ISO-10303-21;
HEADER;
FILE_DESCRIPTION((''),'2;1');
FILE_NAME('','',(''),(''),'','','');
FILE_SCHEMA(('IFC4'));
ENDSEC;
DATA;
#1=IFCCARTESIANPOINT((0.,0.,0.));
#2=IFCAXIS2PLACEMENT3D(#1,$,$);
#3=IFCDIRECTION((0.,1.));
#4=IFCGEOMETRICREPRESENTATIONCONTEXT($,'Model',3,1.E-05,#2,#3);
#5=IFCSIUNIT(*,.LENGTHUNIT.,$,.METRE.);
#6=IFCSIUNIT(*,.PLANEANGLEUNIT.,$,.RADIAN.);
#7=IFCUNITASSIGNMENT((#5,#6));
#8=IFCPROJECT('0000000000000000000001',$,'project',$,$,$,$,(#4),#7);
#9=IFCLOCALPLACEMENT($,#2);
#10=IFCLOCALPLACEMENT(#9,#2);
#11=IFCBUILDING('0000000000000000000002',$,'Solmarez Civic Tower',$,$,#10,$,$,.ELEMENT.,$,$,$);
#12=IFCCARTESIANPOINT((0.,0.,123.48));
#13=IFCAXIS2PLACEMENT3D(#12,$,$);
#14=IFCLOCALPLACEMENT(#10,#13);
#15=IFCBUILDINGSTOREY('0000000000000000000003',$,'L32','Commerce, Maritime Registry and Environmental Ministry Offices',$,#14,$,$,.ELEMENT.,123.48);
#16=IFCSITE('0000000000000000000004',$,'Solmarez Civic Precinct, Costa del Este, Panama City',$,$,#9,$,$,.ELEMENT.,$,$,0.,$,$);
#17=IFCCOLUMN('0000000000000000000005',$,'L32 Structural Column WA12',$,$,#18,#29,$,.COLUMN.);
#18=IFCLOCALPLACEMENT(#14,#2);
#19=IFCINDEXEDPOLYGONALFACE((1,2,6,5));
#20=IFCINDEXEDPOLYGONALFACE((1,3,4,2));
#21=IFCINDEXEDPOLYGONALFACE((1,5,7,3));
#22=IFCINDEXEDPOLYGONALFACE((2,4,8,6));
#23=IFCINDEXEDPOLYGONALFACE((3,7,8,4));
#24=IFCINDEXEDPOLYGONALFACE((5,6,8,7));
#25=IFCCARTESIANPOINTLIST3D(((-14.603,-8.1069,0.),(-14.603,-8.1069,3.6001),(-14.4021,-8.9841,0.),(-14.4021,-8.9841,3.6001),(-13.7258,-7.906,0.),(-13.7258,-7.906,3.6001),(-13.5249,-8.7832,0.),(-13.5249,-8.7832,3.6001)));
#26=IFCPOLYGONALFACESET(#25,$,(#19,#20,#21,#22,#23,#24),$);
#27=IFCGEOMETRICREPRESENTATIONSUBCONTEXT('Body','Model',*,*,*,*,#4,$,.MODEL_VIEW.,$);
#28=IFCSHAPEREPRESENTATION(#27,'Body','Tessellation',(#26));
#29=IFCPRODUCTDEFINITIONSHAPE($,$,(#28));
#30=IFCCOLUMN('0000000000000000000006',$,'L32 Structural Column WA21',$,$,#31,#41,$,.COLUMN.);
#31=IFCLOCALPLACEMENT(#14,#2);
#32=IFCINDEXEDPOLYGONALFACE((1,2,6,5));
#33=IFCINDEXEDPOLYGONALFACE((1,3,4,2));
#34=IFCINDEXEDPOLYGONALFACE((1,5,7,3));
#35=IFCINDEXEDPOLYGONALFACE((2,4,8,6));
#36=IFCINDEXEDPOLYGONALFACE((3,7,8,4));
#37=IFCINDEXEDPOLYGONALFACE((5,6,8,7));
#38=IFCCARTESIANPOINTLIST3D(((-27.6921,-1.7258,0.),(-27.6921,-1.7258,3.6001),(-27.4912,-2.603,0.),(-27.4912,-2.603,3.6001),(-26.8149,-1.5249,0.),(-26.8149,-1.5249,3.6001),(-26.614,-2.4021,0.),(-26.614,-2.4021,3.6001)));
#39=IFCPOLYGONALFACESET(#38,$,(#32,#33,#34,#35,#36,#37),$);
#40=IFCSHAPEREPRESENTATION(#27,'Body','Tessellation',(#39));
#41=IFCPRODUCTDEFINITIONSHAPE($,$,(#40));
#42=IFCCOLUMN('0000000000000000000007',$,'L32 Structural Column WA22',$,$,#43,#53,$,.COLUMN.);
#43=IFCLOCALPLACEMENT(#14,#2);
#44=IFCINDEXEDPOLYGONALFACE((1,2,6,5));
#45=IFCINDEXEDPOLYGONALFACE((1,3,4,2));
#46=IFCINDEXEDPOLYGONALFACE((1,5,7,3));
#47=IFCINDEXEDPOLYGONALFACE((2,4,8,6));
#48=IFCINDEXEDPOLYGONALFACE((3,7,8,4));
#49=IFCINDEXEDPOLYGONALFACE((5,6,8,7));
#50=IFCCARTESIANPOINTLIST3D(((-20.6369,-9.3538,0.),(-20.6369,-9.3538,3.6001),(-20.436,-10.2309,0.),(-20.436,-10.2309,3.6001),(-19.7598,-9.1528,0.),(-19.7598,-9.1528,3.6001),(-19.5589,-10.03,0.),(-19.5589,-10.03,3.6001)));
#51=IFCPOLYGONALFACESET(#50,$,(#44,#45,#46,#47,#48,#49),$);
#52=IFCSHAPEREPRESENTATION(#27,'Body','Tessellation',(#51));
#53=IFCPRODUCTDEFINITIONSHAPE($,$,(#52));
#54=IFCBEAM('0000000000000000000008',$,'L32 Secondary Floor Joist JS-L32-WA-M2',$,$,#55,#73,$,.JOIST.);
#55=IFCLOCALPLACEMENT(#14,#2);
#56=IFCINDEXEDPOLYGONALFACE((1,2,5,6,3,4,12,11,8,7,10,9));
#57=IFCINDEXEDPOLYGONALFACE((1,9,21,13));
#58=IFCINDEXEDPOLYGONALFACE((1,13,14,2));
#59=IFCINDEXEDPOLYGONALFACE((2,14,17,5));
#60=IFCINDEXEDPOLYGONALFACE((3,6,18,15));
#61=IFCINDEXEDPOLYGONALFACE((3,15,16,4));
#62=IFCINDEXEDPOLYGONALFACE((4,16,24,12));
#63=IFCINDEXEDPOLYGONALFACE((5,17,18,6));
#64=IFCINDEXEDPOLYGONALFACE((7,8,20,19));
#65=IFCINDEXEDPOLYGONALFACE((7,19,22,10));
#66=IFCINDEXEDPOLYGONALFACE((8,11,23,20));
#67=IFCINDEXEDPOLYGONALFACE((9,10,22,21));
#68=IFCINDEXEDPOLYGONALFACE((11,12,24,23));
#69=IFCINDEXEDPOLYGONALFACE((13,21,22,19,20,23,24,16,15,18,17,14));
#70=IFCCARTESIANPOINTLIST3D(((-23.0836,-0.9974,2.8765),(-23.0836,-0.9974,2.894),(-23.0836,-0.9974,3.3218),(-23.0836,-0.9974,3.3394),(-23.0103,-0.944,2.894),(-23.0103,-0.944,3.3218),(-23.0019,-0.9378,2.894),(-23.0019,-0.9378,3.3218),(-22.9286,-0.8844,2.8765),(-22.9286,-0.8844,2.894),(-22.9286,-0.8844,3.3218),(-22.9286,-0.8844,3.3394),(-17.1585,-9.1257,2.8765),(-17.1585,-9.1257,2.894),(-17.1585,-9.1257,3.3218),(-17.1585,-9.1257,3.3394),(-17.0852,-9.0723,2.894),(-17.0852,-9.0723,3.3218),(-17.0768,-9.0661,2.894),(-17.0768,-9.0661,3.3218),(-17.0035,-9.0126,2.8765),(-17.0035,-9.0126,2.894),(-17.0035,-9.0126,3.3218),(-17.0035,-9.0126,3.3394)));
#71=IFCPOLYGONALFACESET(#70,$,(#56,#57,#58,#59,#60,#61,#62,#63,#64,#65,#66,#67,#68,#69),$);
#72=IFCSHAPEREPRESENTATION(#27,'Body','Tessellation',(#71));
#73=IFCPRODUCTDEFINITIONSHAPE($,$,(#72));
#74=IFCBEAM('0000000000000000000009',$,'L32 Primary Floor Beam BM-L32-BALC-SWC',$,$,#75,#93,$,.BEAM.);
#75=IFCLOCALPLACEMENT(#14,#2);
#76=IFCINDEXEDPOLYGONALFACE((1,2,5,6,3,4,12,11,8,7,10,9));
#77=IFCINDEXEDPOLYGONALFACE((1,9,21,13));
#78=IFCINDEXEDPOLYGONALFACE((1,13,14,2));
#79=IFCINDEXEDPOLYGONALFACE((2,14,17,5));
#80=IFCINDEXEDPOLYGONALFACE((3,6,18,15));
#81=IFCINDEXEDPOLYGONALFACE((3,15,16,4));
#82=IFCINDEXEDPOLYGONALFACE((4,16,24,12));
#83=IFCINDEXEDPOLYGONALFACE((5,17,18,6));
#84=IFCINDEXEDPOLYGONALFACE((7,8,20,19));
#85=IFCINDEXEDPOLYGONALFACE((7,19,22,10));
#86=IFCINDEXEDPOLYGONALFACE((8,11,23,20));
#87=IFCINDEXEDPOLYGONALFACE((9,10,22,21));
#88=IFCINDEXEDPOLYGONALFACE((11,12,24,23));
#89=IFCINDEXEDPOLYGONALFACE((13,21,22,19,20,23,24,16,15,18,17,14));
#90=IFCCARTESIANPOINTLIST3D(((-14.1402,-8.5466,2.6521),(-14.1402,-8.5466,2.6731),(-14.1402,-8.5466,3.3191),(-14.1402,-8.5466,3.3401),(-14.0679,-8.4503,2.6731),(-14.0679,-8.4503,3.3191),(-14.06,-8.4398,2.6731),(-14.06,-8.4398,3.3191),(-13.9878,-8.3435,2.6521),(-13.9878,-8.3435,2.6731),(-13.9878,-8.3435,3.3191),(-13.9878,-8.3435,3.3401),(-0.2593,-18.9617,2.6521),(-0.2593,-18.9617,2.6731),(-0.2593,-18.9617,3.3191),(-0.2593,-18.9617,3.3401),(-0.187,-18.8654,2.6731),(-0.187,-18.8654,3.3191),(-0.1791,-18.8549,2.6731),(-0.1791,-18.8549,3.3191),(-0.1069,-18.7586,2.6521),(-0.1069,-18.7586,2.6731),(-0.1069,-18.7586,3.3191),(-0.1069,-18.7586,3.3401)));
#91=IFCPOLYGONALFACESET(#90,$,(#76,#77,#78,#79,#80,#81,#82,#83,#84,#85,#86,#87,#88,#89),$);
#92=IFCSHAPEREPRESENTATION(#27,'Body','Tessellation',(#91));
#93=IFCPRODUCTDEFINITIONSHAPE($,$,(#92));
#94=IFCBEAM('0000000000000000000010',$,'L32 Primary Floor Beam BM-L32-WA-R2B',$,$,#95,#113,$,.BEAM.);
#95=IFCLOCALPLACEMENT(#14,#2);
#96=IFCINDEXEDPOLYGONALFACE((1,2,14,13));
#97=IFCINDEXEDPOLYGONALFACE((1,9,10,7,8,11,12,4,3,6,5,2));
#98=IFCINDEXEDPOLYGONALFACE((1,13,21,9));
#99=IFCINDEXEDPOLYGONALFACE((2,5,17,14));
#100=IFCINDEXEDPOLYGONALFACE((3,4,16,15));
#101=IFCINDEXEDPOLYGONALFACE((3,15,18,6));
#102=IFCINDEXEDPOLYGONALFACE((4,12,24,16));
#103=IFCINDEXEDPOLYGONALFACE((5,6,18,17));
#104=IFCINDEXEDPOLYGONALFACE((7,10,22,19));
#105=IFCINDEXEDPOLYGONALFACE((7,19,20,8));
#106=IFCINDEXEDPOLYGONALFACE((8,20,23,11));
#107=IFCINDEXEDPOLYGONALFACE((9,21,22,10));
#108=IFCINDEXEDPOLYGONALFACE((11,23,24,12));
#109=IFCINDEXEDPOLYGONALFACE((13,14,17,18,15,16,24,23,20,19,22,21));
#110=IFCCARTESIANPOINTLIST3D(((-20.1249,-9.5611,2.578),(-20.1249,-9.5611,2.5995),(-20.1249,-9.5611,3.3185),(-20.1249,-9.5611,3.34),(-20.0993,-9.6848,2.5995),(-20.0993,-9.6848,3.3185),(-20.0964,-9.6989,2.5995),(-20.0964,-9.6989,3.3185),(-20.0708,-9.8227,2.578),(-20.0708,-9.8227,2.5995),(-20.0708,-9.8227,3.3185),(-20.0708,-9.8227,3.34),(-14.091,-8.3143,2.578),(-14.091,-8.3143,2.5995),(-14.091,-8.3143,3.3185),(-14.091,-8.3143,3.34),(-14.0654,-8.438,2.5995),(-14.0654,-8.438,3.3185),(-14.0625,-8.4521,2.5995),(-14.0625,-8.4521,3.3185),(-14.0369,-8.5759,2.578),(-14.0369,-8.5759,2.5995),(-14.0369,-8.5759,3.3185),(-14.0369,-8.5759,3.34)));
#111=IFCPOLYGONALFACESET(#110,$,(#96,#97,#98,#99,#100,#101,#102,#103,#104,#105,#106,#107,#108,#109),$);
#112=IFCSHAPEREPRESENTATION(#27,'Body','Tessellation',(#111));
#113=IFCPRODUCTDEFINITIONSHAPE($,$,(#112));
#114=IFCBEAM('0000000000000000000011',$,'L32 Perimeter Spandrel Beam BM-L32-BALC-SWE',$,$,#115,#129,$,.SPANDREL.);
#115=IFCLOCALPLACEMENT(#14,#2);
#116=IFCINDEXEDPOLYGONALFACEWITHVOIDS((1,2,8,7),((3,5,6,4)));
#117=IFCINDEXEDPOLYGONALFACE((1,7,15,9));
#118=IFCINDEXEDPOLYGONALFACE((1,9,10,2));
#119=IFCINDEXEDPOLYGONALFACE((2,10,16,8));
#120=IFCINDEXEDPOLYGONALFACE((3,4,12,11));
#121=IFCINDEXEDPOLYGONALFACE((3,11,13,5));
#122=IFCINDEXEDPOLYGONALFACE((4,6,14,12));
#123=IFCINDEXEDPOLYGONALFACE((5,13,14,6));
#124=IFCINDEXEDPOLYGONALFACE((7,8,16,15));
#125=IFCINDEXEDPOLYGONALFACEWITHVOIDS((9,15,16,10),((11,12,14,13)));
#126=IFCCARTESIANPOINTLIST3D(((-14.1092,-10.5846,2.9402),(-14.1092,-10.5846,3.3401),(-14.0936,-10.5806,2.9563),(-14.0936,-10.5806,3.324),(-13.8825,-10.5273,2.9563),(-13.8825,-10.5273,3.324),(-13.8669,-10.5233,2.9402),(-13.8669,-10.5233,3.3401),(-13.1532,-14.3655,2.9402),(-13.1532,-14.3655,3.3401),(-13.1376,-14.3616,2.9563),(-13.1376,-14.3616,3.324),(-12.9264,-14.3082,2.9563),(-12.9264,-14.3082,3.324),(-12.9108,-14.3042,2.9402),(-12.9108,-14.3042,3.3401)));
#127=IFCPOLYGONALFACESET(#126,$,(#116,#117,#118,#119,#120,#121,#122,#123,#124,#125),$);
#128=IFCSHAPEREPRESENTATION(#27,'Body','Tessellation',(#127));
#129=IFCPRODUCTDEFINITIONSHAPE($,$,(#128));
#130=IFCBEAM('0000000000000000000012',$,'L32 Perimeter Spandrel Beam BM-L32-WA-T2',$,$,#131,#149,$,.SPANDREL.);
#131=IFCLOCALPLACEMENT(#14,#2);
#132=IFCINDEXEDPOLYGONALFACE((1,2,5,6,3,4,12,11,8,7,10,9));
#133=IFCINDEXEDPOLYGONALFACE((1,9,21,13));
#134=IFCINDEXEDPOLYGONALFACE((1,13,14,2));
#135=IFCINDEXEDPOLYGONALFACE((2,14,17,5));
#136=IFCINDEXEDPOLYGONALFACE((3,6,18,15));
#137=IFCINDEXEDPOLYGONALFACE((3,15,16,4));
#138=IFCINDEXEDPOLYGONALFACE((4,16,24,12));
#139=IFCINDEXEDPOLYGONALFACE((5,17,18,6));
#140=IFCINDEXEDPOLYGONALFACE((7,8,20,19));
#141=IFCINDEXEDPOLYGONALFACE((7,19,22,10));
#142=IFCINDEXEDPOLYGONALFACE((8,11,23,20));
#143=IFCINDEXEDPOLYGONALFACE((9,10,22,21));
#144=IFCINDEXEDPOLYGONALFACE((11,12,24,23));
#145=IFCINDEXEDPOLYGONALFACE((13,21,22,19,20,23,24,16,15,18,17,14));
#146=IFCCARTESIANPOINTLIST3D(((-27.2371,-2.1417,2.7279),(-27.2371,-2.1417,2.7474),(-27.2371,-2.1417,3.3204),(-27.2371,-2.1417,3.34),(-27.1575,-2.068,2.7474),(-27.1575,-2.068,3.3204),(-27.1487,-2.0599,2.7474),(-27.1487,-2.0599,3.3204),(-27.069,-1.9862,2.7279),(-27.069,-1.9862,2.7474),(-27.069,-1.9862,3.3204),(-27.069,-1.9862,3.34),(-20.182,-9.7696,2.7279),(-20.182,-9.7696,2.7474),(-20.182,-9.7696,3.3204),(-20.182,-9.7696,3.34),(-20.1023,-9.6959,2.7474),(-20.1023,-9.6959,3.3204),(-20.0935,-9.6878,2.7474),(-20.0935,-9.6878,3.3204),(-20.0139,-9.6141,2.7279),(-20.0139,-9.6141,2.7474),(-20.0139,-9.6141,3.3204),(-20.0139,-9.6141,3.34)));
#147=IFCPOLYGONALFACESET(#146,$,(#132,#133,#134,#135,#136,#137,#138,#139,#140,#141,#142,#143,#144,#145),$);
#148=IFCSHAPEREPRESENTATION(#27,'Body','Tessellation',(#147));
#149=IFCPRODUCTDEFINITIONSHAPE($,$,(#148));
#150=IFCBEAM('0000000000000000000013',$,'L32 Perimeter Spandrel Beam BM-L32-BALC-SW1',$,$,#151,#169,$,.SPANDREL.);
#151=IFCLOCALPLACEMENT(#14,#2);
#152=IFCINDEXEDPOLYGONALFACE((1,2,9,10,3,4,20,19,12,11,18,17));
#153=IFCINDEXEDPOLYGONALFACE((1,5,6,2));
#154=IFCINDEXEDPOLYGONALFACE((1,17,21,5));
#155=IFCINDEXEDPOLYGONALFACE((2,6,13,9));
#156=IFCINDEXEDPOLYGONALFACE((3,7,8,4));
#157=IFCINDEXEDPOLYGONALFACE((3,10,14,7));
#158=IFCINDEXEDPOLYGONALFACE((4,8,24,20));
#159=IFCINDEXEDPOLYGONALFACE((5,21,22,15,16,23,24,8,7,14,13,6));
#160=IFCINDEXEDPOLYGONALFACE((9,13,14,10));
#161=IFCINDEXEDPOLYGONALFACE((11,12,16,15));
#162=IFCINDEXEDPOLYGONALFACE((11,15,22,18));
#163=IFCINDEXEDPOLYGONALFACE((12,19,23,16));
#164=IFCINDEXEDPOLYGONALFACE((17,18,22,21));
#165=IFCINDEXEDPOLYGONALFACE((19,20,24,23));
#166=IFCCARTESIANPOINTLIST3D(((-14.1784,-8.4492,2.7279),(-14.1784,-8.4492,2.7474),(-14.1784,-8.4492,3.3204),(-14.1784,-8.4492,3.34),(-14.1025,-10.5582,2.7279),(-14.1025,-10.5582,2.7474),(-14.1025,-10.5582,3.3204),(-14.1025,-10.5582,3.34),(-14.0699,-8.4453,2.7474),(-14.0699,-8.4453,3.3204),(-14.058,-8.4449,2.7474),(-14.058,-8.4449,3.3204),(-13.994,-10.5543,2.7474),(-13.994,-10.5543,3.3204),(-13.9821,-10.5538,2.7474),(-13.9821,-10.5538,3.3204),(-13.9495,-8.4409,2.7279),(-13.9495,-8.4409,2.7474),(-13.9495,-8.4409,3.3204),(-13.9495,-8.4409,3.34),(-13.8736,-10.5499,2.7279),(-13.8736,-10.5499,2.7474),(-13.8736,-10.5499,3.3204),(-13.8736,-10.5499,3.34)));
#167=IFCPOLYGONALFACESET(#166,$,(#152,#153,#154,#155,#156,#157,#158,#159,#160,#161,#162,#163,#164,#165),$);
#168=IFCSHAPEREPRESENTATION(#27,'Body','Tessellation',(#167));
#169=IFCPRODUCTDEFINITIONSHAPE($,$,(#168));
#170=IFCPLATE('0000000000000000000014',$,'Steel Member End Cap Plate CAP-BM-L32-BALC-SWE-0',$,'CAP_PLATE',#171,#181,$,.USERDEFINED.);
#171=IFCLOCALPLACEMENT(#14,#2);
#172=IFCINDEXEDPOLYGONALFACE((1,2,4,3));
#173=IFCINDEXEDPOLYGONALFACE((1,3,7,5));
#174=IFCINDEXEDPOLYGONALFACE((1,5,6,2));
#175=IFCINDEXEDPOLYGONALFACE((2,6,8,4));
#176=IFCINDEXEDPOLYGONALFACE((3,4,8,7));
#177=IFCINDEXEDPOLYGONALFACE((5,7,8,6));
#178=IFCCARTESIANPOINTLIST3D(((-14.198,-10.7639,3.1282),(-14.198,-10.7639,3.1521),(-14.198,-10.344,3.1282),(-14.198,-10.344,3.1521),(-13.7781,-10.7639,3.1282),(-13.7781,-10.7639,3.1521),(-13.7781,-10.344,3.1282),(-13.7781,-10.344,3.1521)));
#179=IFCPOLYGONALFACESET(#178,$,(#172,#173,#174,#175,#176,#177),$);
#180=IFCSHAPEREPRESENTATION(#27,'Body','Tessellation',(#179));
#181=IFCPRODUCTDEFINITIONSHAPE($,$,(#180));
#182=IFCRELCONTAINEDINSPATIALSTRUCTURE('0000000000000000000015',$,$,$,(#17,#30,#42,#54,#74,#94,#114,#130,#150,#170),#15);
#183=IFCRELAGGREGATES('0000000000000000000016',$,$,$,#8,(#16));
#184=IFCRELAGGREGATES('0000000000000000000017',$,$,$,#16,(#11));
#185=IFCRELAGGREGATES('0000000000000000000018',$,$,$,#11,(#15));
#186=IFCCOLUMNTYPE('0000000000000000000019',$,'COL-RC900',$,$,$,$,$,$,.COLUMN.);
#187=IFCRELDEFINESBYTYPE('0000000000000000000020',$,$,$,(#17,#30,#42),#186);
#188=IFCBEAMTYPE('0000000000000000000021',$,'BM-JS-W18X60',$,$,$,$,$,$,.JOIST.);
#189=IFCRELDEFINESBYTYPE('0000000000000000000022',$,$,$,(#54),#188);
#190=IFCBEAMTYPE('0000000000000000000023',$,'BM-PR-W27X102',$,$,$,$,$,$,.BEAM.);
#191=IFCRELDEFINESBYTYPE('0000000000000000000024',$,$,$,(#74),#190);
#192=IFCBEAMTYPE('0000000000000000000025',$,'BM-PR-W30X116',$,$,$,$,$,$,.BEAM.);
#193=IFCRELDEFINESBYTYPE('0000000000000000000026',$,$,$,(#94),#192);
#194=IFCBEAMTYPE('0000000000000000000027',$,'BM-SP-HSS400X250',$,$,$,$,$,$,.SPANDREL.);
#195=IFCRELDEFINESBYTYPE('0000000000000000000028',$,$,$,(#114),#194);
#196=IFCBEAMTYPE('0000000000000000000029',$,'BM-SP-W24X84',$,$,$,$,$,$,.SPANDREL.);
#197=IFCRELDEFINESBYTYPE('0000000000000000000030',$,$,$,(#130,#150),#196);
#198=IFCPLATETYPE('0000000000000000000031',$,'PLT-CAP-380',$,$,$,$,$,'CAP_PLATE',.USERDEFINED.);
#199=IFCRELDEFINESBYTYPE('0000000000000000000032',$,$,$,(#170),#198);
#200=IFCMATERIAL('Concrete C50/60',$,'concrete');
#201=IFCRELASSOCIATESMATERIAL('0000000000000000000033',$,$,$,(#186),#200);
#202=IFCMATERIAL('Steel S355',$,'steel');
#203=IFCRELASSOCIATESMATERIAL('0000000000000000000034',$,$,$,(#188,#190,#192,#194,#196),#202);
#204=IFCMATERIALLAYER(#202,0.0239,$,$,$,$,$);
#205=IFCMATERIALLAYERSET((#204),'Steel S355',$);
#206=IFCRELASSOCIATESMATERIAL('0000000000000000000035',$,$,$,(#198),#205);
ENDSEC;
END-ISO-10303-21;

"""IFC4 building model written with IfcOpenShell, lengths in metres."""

from ifc_helpers import new_model, si_unit, direction, frame, origin, origin_2d, place, context, subcontext, project, spatial, rectangle, hollow_rectangle, i_section, extrude, material, layer, layer_set, material_profile, profile_set, type_object, element, save


model = new_model("IFC4")

# Units and contexts
model_context = context("Model", 3, precision=1e-05, world=origin(), true_north=direction((0.0, 1.0)))
body_context = subcontext(model_context, "Body", "Model", "MODEL_VIEW")
ifc_project = project(units=[si_unit("LENGTHUNIT", "METRE"), si_unit("PLANEANGLEUNIT", "RADIAN")], contexts=[model_context])

# Site, building, storey
site_placement = place(None, origin())
site = spatial("IfcSite", under=ifc_project, at=site_placement, Name="Solmarez Civic Precinct, Costa del Este, Panama City", CompositionType="ELEMENT", RefElevation=0.0)
building_placement = place(site_placement, origin())
building = spatial("IfcBuilding", under=site, at=building_placement, Name="Solmarez Civic Tower", CompositionType="ELEMENT")
storey_placement = place(building_placement, frame((0.0, 0.0, 123.48)))
storey = spatial("IfcBuildingStorey", under=building, at=storey_placement, Name="L32", Description="Commerce, Maritime Registry and Environmental Ministry Offices", CompositionType="ELEMENT", Elevation=123.48)

# Columns
ifc_material_1 = material(Name="Concrete C50/60", Category="concrete")
ifc_material_profile_1 = material_profile(ifc_material_1, rectangle(XDim=0.8999, YDim=0.8999, at=origin_2d()), Name="RC900X900")
ifc_profile_set_1 = profile_set([ifc_material_profile_1], Name="Concrete C50/60")
column_type = type_object("IfcColumnType", Name="COL-RC900", PredefinedType="COLUMN", material=ifc_profile_set_1)
for number, where, z_axis, x_axis, name in (
    (1, (-14.064, -8.4451, 0.0), (0.0, 0.0, 1.0), (0.974761, 0.22325, 0.0), "L32 Structural Column WA12"),
    (2, (-27.1531, -2.064, 0.0), (0.0, 0.0, 1.0), (0.974761, 0.22325, 0.0), "L32 Structural Column WA21"),
    (3, (-20.0979, -9.6919, 0.0), (0.0, 0.0, 1.0), (0.974761, 0.22325, 0.0), "L32 Structural Column WA22"),
):
    element("IfcColumn", number, at=place(storey_placement, frame(where, z_axis=z_axis, x_axis=x_axis)), inside=storey, type_object=column_type, Name=name, PredefinedType="COLUMN", context=body_context, shape_type="SweptSolid", body=[
        extrude(rectangle(XDim=0.8999, YDim=0.8999, at=origin_2d()), origin(), (0.0, 0.0, 1.0), 3.6001),
    ])

# Beams
ifc_material_2 = material(Name="Steel S355", Category="steel")
ifc_material_profile_2 = material_profile(ifc_material_2, i_section(OverallWidth=0.1919, OverallDepth=0.4629, WebThickness=0.0105, FlangeThickness=0.0176, at=origin_2d()), Name="W18X60")
ifc_profile_set_2 = profile_set([ifc_material_profile_2], Name="Steel S355")
beam_type_1 = type_object("IfcBeamType", Name="BM-JS-W18X60", PredefinedType="JOIST", material=ifc_profile_set_2)
beam_1_placement = place(storey_placement, frame((-23.0061, -0.9409, 3.1079), z_axis=(0.589059, -0.80809, 0.0), x_axis=(0.80809, 0.589059, 0.0)))
element("IfcBeam", 4, at=beam_1_placement, inside=storey, type_object=beam_type_1, Name="L32 Secondary Floor Joist JS-L32-WA-M2", PredefinedType="JOIST", context=body_context, shape_type="SweptSolid", body=[
    extrude(i_section(OverallWidth=0.1919, OverallDepth=0.4629, WebThickness=0.0105, FlangeThickness=0.0176, at=origin_2d()), origin(), (0.0, 0.0, 1.0), 10.0586),
])
ifc_material_profile_3 = material_profile(ifc_material_2, i_section(OverallWidth=0.2539, OverallDepth=0.688, WebThickness=0.0132, FlangeThickness=0.021, at=origin_2d()), Name="W27X102")
ifc_profile_set_3 = profile_set([ifc_material_profile_3], Name="Steel S355")
beam_type_2 = type_object("IfcBeamType", Name="BM-PR-W27X102", PredefinedType="BEAM", material=ifc_profile_set_3)
beam_2_placement = place(storey_placement, frame((-14.064, -8.4451, 2.9961), z_axis=(0.799878, -0.600162, 0.0), x_axis=(0.600162, 0.799878, 0.0)))
element("IfcBeam", 5, at=beam_2_placement, inside=storey, type_object=beam_type_2, Name="L32 Primary Floor Beam BM-L32-BALC-SWC", PredefinedType="BEAM", context=body_context, shape_type="SweptSolid", body=[
    extrude(i_section(OverallWidth=0.2539, OverallDepth=0.688, WebThickness=0.0132, FlangeThickness=0.021, at=origin_2d()), origin(), (0.0, 0.0, 1.0), 17.3538),
])
ifc_material_profile_4 = material_profile(ifc_material_2, i_section(OverallWidth=0.2671, OverallDepth=0.762, WebThickness=0.0144, FlangeThickness=0.0215, at=origin_2d()), Name="W30X116")
ifc_profile_set_4 = profile_set([ifc_material_profile_4], Name="Steel S355")
beam_type_3 = type_object("IfcBeamType", Name="BM-PR-W30X116", PredefinedType="BEAM", material=ifc_profile_set_4)
beam_3_placement = place(storey_placement, frame((-14.064, -8.4451, 2.959), z_axis=(-0.979311, -0.202361, 0.0), x_axis=(0.202361, -0.979311, 0.0)))
element("IfcBeam", 6, at=beam_3_placement, inside=storey, type_object=beam_type_3, Name="L32 Primary Floor Beam BM-L32-WA-R2B", PredefinedType="BEAM", context=body_context, shape_type="SweptSolid", body=[
    extrude(i_section(OverallWidth=0.2671, OverallDepth=0.762, WebThickness=0.0144, FlangeThickness=0.0215, at=origin_2d()), origin(), (0.0, 0.0, 1.0), 6.1614),
])
ifc_material_profile_5 = material_profile(ifc_material_2, hollow_rectangle(XDim=0.25, YDim=0.3999, WallThickness=0.0161, at=origin_2d()), Name="HSS400X250X16")
ifc_profile_set_5 = profile_set([ifc_material_profile_5], Name="Steel S355")
beam_type_4 = type_object("IfcBeamType", Name="BM-SP-HSS400X250", PredefinedType="SPANDREL", material=ifc_profile_set_5)
beam_4_placement = place(storey_placement, frame((-13.988, -10.554, 3.1401), z_axis=(0.245142, -0.969487, 0.0), x_axis=(0.969487, 0.245142, 0.0)))
element("IfcBeam", 7, at=beam_4_placement, inside=storey, type_object=beam_type_4, Name="L32 Perimeter Spandrel Beam BM-L32-BALC-SWE", PredefinedType="SPANDREL", context=body_context, shape_type="SweptSolid", body=[
    extrude(hollow_rectangle(XDim=0.25, YDim=0.3999, WallThickness=0.0161, at=origin_2d()), origin(), (0.0, 0.0, 1.0), 3.8999),
])
ifc_material_profile_6 = material_profile(ifc_material_2, i_section(OverallWidth=0.229, OverallDepth=0.6121, WebThickness=0.012, FlangeThickness=0.0195, at=origin_2d()), Name="W24X84")
ifc_profile_set_6 = profile_set([ifc_material_profile_6], Name="Steel S355")
beam_type_5 = type_object("IfcBeamType", Name="BM-SP-W24X84", PredefinedType="SPANDREL", material=ifc_profile_set_6)
beam_5_placement = place(storey_placement, frame((-27.1531, -2.064, 3.0339), z_axis=(0.679008, -0.734131, 0.0), x_axis=(0.734131, 0.679008, 0.0)))
element("IfcBeam", 8, at=beam_5_placement, inside=storey, type_object=beam_type_5, Name="L32 Perimeter Spandrel Beam BM-L32-WA-T2", PredefinedType="SPANDREL", context=body_context, shape_type="SweptSolid", body=[
    extrude(i_section(OverallWidth=0.229, OverallDepth=0.6121, WebThickness=0.012, FlangeThickness=0.0195, at=origin_2d()), origin(), (0.0, 0.0, 1.0), 10.3904),
])
beam_6_placement = place(storey_placement, frame((-14.064, -8.4451, 3.0339), z_axis=(0.03598, -0.999352, 0.0), x_axis=(0.999352, 0.03598, 0.0)))
element("IfcBeam", 9, at=beam_6_placement, inside=storey, type_object=beam_type_5, Name="L32 Perimeter Spandrel Beam BM-L32-BALC-SW1", PredefinedType="SPANDREL", context=body_context, shape_type="SweptSolid", body=[
    extrude(i_section(OverallWidth=0.229, OverallDepth=0.6121, WebThickness=0.012, FlangeThickness=0.0195, at=origin_2d()), origin(), (0.0, 0.0, 1.0), 2.1104),
])

# Plate
ifc_layer_1 = layer(ifc_material_2, 0.0239)
ifc_layer_set_1 = layer_set([ifc_layer_1], Name="Steel S355")
plate_type = type_object("IfcPlateType", Name="PLT-CAP-380", ElementType="CAP_PLATE", PredefinedType="USERDEFINED", material=ifc_layer_set_1)
for number, where, z_axis, x_axis, name in (
    (10, (-13.988, -10.554, 3.1282), (0.0, 0.0, 1.0), (1.0, 0.0, 0.0), "Steel Member End Cap Plate CAP-BM-L32-BALC-SWE-0"),
):
    element("IfcPlate", number, at=place(storey_placement, frame(where, z_axis=z_axis, x_axis=x_axis)), inside=storey, type_object=plate_type, Name=name, ObjectType="CAP_PLATE", PredefinedType="USERDEFINED", context=body_context, shape_type="SweptSolid", body=[
        extrude(rectangle(XDim=0.4199, YDim=0.4199, at=origin_2d()), origin(), (0.0, 0.0, 1.0), 0.0239),
    ])

save(model, "model.ifc")
